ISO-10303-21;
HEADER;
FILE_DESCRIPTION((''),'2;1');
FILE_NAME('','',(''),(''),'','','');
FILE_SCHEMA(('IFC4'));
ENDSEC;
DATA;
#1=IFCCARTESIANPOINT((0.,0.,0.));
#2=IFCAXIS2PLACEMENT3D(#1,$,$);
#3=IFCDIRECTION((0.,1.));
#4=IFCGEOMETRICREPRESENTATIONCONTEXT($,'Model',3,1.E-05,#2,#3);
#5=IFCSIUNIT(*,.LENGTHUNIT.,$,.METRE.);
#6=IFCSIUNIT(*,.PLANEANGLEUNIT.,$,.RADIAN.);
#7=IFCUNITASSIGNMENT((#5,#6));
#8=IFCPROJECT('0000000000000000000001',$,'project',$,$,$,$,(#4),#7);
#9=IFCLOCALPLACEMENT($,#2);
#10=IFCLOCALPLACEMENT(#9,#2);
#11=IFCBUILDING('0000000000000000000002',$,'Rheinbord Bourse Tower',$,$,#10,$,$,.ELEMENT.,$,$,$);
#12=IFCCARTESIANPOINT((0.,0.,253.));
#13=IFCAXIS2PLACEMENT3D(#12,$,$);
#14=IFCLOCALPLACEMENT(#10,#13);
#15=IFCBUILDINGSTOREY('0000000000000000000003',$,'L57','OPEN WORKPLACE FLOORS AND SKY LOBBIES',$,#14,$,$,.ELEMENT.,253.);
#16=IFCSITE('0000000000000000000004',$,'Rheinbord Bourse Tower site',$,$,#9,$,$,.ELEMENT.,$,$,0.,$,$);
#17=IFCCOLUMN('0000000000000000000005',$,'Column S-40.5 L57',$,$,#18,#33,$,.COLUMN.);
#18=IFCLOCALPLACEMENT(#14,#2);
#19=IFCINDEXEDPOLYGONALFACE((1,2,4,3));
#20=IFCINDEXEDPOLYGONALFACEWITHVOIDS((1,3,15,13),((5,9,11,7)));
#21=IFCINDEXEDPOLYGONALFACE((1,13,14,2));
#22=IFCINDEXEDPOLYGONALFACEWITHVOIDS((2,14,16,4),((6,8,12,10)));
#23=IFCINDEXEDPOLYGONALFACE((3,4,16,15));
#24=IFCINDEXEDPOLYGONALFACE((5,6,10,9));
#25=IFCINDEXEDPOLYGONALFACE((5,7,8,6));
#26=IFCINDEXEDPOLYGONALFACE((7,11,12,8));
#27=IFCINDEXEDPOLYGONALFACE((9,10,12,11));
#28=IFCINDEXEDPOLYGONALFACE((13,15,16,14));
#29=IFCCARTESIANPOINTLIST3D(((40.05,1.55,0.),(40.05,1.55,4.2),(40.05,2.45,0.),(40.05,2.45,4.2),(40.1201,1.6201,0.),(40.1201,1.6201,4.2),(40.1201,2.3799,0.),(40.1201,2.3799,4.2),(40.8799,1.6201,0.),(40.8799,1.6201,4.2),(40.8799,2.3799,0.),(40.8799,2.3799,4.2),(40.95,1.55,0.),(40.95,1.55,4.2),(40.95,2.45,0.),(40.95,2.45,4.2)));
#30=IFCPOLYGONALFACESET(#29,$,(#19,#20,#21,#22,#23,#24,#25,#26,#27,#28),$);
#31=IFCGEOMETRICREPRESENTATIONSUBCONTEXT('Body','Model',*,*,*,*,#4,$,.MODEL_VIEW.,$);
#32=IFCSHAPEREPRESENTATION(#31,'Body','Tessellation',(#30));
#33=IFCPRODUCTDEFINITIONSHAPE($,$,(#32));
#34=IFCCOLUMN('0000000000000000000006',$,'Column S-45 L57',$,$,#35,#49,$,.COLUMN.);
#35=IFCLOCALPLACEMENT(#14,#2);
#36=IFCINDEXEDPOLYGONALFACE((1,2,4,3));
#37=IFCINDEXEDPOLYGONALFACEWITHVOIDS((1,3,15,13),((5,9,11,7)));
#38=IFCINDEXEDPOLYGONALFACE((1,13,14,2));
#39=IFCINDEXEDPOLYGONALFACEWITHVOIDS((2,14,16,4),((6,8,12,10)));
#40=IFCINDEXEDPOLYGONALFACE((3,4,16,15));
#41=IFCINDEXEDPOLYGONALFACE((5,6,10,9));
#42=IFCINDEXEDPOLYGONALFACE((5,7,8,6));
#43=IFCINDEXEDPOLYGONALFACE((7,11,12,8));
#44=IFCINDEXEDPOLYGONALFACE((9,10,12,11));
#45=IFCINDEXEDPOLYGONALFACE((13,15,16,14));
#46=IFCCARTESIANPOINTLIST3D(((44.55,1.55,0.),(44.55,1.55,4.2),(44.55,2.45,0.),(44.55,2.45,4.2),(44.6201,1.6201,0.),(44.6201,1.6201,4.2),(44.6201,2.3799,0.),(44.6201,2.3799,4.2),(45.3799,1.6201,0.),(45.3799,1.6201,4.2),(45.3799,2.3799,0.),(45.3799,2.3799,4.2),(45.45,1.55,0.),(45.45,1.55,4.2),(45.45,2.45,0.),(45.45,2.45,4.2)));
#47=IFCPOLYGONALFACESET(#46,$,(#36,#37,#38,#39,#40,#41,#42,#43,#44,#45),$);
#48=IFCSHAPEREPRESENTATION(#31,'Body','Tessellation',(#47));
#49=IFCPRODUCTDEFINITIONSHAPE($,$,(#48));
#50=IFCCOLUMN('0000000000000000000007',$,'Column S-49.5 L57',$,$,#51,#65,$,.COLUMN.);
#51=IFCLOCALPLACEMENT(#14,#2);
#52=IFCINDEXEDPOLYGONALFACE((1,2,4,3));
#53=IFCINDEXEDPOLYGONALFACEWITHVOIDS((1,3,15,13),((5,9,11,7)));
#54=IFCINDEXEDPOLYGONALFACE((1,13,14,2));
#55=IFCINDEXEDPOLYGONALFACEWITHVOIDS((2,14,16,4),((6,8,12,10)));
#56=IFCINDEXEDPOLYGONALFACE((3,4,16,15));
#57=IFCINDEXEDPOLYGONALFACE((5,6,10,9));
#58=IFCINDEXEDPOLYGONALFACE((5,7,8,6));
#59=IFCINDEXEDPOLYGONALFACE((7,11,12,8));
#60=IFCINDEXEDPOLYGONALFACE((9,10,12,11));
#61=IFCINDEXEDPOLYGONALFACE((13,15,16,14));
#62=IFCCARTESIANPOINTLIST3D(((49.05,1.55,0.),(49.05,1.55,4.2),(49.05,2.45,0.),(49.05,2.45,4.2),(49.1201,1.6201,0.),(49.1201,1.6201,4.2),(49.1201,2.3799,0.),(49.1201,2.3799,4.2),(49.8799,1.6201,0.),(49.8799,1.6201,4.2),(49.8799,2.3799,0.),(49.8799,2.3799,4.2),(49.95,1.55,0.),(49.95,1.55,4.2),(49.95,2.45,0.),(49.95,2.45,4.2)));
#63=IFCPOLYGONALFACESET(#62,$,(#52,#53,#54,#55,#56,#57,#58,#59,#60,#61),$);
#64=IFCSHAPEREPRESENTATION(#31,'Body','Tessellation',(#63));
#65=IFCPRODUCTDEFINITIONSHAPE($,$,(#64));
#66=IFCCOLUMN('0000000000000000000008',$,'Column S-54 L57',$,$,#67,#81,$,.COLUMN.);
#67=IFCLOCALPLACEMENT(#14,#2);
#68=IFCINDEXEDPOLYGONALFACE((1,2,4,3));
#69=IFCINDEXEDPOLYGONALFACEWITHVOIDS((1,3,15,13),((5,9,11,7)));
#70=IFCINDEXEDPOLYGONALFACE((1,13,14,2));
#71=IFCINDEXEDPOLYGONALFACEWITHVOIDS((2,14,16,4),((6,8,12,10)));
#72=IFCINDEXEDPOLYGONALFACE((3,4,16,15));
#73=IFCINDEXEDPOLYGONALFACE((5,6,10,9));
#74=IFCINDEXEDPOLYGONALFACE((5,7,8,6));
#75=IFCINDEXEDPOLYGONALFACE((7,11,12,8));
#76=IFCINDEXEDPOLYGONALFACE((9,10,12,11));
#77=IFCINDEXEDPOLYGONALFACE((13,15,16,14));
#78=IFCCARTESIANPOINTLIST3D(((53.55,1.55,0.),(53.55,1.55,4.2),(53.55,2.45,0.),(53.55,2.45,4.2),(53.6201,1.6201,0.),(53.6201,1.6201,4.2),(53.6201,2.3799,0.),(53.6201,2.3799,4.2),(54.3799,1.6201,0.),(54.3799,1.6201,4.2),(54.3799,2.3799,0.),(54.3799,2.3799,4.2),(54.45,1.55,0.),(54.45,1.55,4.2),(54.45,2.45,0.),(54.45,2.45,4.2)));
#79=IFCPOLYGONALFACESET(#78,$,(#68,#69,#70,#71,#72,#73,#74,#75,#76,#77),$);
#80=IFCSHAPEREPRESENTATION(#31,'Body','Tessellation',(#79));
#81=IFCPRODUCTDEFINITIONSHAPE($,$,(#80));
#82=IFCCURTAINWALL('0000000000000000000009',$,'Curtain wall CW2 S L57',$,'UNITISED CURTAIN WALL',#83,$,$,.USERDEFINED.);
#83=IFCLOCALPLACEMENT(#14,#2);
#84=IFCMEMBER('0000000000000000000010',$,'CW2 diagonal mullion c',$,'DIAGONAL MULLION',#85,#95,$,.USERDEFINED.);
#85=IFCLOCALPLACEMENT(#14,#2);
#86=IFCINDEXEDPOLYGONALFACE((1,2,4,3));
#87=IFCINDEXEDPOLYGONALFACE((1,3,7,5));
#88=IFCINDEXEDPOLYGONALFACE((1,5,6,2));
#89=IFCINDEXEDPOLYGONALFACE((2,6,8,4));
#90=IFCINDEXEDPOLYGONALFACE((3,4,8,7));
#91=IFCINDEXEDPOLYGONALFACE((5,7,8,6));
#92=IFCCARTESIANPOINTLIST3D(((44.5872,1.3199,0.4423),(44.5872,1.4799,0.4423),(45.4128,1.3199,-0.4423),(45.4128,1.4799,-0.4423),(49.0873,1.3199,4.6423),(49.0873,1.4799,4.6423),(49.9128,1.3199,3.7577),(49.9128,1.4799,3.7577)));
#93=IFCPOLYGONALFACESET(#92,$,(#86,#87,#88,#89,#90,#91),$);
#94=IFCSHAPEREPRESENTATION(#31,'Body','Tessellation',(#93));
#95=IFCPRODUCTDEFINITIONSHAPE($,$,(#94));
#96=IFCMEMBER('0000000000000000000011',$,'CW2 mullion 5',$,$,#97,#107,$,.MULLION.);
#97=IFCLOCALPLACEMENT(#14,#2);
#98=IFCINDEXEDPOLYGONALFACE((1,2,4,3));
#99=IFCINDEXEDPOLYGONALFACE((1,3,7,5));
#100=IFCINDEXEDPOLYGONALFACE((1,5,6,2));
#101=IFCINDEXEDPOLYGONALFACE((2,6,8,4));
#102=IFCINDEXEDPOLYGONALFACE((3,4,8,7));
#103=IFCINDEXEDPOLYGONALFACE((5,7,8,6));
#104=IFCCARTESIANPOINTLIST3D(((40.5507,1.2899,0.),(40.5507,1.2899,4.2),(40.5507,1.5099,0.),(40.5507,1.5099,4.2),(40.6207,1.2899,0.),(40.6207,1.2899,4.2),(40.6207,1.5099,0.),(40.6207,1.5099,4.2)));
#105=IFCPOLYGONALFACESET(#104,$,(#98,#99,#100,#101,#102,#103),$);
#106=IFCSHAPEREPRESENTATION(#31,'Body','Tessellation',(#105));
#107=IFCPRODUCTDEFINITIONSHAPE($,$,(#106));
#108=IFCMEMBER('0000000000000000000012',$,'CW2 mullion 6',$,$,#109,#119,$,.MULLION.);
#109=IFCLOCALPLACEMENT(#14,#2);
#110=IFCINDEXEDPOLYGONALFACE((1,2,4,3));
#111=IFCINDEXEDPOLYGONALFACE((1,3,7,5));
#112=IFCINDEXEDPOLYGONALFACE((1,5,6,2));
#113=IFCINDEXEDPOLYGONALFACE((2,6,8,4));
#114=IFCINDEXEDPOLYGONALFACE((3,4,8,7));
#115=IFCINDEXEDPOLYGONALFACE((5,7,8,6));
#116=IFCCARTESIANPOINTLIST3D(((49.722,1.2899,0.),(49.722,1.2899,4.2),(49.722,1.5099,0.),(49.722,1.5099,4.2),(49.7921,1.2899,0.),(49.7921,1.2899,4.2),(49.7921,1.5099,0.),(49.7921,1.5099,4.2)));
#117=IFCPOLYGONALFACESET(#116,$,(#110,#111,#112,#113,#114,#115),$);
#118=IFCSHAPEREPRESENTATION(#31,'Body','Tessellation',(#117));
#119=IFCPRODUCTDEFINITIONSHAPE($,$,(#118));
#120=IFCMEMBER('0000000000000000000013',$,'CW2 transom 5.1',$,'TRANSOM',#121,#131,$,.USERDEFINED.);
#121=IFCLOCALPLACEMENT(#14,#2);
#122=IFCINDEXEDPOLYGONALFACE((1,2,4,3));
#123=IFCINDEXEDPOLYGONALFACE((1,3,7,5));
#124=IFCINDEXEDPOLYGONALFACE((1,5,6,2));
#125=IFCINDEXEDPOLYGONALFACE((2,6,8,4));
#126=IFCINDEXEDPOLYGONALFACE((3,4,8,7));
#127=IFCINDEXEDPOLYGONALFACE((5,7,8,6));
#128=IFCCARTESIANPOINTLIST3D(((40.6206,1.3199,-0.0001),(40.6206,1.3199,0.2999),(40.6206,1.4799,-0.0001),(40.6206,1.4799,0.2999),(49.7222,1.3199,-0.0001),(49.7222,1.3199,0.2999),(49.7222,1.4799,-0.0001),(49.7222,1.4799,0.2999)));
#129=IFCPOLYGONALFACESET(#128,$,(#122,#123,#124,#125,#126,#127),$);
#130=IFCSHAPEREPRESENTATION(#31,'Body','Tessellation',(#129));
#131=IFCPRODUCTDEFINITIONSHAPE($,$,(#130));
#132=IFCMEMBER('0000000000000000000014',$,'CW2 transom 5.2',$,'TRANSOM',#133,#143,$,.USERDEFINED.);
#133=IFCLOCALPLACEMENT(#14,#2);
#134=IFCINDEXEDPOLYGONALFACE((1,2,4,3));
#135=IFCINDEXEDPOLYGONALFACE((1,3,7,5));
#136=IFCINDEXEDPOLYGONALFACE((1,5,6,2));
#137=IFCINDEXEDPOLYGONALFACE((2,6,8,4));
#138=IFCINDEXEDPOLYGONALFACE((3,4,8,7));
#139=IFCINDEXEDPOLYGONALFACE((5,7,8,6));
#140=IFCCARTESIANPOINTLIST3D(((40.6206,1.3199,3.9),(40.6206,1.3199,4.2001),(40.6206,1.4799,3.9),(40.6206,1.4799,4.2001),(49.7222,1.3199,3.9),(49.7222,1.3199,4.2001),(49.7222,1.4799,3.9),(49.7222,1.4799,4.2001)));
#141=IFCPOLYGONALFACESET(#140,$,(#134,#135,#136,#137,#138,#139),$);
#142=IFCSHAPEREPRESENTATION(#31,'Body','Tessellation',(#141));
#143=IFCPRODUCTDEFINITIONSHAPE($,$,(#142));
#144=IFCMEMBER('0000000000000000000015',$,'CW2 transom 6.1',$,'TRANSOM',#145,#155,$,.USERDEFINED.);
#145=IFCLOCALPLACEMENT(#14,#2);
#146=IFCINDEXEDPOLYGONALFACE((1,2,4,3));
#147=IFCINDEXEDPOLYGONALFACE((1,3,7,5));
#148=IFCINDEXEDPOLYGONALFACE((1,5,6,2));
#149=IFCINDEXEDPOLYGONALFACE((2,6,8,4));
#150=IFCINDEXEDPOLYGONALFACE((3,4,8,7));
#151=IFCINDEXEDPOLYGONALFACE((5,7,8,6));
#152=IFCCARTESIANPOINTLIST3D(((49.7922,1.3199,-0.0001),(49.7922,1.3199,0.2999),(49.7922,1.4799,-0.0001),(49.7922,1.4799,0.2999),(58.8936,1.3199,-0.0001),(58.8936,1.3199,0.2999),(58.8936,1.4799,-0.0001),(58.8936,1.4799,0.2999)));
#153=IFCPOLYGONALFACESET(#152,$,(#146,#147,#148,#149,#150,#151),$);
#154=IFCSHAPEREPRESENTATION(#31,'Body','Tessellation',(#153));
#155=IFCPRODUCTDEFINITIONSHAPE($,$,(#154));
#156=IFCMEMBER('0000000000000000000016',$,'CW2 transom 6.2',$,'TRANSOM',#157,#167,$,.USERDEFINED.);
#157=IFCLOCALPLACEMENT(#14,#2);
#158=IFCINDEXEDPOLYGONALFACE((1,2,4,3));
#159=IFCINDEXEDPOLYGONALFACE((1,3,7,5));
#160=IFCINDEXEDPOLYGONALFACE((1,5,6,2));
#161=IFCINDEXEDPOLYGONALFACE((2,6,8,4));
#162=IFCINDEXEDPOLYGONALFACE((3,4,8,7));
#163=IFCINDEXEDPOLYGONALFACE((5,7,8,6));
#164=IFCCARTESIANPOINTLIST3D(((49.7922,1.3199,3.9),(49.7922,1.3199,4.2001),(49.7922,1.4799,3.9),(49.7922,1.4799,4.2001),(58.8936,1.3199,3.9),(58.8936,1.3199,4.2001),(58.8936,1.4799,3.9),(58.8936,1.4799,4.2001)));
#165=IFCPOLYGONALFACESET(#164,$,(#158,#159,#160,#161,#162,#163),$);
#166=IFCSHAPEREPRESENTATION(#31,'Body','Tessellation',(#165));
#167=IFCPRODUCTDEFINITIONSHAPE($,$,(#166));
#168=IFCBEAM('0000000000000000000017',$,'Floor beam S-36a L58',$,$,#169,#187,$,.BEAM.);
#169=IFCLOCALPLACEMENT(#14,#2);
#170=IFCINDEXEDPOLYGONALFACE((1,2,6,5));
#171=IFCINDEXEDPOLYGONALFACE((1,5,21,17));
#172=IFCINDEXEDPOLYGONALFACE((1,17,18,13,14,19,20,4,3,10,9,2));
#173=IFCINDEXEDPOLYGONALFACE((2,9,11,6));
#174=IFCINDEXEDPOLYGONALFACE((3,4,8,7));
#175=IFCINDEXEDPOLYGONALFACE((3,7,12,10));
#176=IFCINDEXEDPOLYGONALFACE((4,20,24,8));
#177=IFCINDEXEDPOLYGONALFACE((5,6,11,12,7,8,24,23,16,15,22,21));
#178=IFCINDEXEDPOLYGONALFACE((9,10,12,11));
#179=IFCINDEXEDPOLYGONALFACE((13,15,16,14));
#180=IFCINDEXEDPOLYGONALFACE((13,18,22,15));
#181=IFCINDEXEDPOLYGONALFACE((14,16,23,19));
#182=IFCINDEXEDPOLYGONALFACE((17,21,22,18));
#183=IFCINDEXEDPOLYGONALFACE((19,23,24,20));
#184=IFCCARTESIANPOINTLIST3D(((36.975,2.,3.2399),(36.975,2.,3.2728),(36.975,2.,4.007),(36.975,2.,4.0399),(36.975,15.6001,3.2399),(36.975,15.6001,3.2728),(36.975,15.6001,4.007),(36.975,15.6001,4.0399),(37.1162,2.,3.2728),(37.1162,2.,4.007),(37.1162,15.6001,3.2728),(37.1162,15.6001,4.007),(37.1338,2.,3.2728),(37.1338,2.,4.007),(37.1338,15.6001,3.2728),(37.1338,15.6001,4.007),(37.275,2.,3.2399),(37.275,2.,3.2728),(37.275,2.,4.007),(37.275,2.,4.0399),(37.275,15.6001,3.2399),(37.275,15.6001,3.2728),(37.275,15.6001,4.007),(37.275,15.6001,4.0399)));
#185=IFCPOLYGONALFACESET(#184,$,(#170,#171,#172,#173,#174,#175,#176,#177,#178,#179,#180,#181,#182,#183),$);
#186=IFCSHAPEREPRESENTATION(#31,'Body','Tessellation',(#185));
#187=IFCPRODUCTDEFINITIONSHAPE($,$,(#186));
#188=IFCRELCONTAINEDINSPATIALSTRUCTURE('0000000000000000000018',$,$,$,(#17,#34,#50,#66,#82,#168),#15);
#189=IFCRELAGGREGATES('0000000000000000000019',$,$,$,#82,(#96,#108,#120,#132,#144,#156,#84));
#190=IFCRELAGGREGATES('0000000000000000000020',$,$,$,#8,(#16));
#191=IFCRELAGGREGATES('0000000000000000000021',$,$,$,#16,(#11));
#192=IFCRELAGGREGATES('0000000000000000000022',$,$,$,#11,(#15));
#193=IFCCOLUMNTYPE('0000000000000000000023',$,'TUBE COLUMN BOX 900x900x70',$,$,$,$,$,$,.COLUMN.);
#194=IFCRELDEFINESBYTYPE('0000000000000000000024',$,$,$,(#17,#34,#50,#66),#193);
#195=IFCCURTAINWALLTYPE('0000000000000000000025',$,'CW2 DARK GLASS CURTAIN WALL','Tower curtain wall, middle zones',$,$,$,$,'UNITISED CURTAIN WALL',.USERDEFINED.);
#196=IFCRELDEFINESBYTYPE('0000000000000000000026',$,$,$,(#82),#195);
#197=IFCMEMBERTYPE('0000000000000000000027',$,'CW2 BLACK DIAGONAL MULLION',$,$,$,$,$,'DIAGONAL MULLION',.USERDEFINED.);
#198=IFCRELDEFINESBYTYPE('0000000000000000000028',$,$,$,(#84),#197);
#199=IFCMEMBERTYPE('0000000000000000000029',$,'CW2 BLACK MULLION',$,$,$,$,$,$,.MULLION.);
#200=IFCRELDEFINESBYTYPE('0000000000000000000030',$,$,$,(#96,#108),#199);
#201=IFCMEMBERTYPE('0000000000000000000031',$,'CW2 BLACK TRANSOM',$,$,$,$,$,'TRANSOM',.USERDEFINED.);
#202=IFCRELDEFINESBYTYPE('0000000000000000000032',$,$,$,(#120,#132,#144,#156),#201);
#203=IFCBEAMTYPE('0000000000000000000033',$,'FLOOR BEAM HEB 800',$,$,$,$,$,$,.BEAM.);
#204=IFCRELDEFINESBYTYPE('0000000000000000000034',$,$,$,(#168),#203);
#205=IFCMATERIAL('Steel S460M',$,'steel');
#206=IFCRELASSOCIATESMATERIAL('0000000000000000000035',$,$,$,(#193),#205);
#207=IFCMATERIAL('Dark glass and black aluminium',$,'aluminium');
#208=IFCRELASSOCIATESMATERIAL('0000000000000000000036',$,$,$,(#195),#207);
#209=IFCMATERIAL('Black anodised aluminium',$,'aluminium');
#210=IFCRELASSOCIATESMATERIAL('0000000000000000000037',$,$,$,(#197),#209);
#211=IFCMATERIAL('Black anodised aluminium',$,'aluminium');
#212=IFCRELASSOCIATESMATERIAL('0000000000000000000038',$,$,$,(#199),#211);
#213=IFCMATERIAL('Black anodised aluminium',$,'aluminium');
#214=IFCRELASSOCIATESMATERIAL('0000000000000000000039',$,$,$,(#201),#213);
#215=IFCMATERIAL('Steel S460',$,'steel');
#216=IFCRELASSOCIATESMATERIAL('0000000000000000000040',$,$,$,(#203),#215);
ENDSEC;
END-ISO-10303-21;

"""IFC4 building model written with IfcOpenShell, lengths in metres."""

from ifc_helpers import new_model, si_unit, direction, frame, origin, origin_2d, place, context, subcontext, project, spatial, rectangle, hollow_rectangle, i_section, extrude, material, material_profile, profile_set, type_object, element, aggregate, save


model = new_model("IFC4")

# Units and contexts
model_context = context("Model", 3, precision=1e-05, world=origin(), true_north=direction((0.0, 1.0)))
body_context = subcontext(model_context, "Body", "Model", "MODEL_VIEW")
ifc_project = project(units=[si_unit("LENGTHUNIT", "METRE"), si_unit("PLANEANGLEUNIT", "RADIAN")], contexts=[model_context])

# Site, building, storey
site_placement = place(None, origin())
site = spatial("IfcSite", under=ifc_project, at=site_placement, Name="Rheinbord Bourse Tower site", CompositionType="ELEMENT", RefElevation=0.0)
building_placement = place(site_placement, origin())
building = spatial("IfcBuilding", under=site, at=building_placement, Name="Rheinbord Bourse Tower", CompositionType="ELEMENT")
storey_placement = place(building_placement, frame((0.0, 0.0, 253.0)))
storey = spatial("IfcBuildingStorey", under=building, at=storey_placement, Name="L57", Description="OPEN WORKPLACE FLOORS AND SKY LOBBIES", CompositionType="ELEMENT", Elevation=253.0)

# Columns
ifc_material_1 = material(Name="Steel S460M", Category="steel")
ifc_material_profile_1 = material_profile(ifc_material_1, hollow_rectangle(XDim=0.8999, YDim=0.8999, WallThickness=0.0701, at=origin_2d()), Name="BOX 900x900x70")
ifc_profile_set_1 = profile_set([ifc_material_profile_1], Name="Steel S460M")
column_type = type_object("IfcColumnType", Name="TUBE COLUMN BOX 900x900x70", PredefinedType="COLUMN", material=ifc_profile_set_1)
for number, where, z_axis, x_axis, name in (
    (1, (40.5, 2.0, 0.0), (0.0, 0.0, 1.0), (0.0, 1.0, 0.0), "Column S-40.5 L57"),
    (2, (45.0, 2.0, 0.0), (0.0, 0.0, 1.0), (0.0, 1.0, 0.0), "Column S-45 L57"),
    (3, (49.5, 2.0, 0.0), (0.0, 0.0, 1.0), (0.0, 1.0, 0.0), "Column S-49.5 L57"),
    (4, (54.0, 2.0, 0.0), (0.0, 0.0, 1.0), (0.0, 1.0, 0.0), "Column S-54 L57"),
):
    element("IfcColumn", number, at=place(storey_placement, frame(where, z_axis=z_axis, x_axis=x_axis)), inside=storey, type_object=column_type, Name=name, PredefinedType="COLUMN", context=body_context, shape_type="SweptSolid", body=[
        extrude(hollow_rectangle(XDim=0.8999, YDim=0.8999, WallThickness=0.0701, at=origin_2d()), origin(), (0.0, 0.0, 1.0), 4.2),
    ])

# Curtain wall, members
ifc_material_2 = material(Name="Dark glass and black aluminium", Category="aluminium")
curtain_wall_type = type_object("IfcCurtainWallType", Name="CW2 DARK GLASS CURTAIN WALL", Description="Tower curtain wall, middle zones", ElementType="UNITISED CURTAIN WALL", PredefinedType="USERDEFINED", material=ifc_material_2)
curtain_wall_placement = place(storey_placement, origin())
curtain_wall = element("IfcCurtainWall", 5, at=curtain_wall_placement, inside=storey, type_object=curtain_wall_type, Name="Curtain wall CW2 S L57", ObjectType="UNITISED CURTAIN WALL", PredefinedType="USERDEFINED")
ifc_material_3 = material(Name="Black anodised aluminium", Category="aluminium")
ifc_material_profile_2 = material_profile(ifc_material_3, rectangle(XDim=0.1599, YDim=1.21, at=origin_2d()), Name="CW2 DIAGONAL MULLION 1210x160")
ifc_profile_set_2 = profile_set([ifc_material_profile_2], Name="Black anodised aluminium")
member_type_1 = type_object("IfcMemberType", Name="CW2 BLACK DIAGONAL MULLION", ElementType="DIAGONAL MULLION", PredefinedType="USERDEFINED", material=ifc_profile_set_2)
member_1_placement = place(storey_placement, frame((45.0, 1.3999, 0.0), z_axis=(0.731059, 0.0, 0.682314), x_axis=(0.0, 1.0, 0.0)))
member_1 = element("IfcMember", 6, at=member_1_placement, type_object=member_type_1, Name="CW2 diagonal mullion c", ObjectType="DIAGONAL MULLION", PredefinedType="USERDEFINED", context=body_context, shape_type="SweptSolid", body=[
    extrude(rectangle(XDim=0.1599, YDim=1.21, at=origin_2d()), origin(), (0.0, 0.0, 1.0), 6.1555),
])
ifc_material_4 = material(Name="Black anodised aluminium", Category="aluminium")
ifc_material_profile_3 = material_profile(ifc_material_4, rectangle(XDim=0.22, YDim=0.0701, at=origin_2d()), Name="CW2 MULLION 70x220")
ifc_profile_set_3 = profile_set([ifc_material_profile_3], Name="Black anodised aluminium")
member_type_2 = type_object("IfcMemberType", Name="CW2 BLACK MULLION", PredefinedType="MULLION", material=ifc_profile_set_3)
member_2_placement = place(storey_placement, frame((40.5857, 1.3999, 0.0), z_axis=(0.0, 0.0, 1.0), x_axis=(0.0, 1.0, 0.0)))
member_2 = element("IfcMember", 7, at=member_2_placement, type_object=member_type_2, Name="CW2 mullion 5", PredefinedType="MULLION", context=body_context, shape_type="SweptSolid", body=[
    extrude(rectangle(XDim=0.22, YDim=0.0701, at=origin_2d()), origin(), (0.0, 0.0, 1.0), 4.2),
])
member_3_placement = place(storey_placement, frame((49.7571, 1.3999, 0.0), z_axis=(0.0, 0.0, 1.0), x_axis=(0.0, 1.0, 0.0)))
member_3 = element("IfcMember", 8, at=member_3_placement, type_object=member_type_2, Name="CW2 mullion 6", PredefinedType="MULLION", context=body_context, shape_type="SweptSolid", body=[
    extrude(rectangle(XDim=0.22, YDim=0.0701, at=origin_2d()), origin(), (0.0, 0.0, 1.0), 4.2),
])
ifc_material_5 = material(Name="Black anodised aluminium", Category="aluminium")
ifc_material_profile_4 = material_profile(ifc_material_5, rectangle(XDim=0.1599, YDim=0.3, at=origin_2d()), Name="CW2 TRANSOM 300x160")
ifc_profile_set_4 = profile_set([ifc_material_profile_4], Name="Black anodised aluminium")
member_type_3 = type_object("IfcMemberType", Name="CW2 BLACK TRANSOM", ElementType="TRANSOM", PredefinedType="USERDEFINED", material=ifc_profile_set_4)
member_4_placement = place(storey_placement, frame((40.6206, 1.3999, 0.1499), z_axis=(1.0, 0.0, 0.0), x_axis=(0.0, 1.0, 0.0)))
member_4 = element("IfcMember", 9, at=member_4_placement, type_object=member_type_3, Name="CW2 transom 5.1", ObjectType="TRANSOM", PredefinedType="USERDEFINED", context=body_context, shape_type="SweptSolid", body=[
    extrude(rectangle(XDim=0.1599, YDim=0.3, at=origin_2d()), origin(), (0.0, 0.0, 1.0), 9.1016),
])
member_5_placement = place(storey_placement, frame((40.6206, 1.3999, 4.05), z_axis=(1.0, 0.0, 0.0), x_axis=(0.0, 1.0, 0.0)))
member_5 = element("IfcMember", 10, at=member_5_placement, type_object=member_type_3, Name="CW2 transom 5.2", ObjectType="TRANSOM", PredefinedType="USERDEFINED", context=body_context, shape_type="SweptSolid", body=[
    extrude(rectangle(XDim=0.1599, YDim=0.3, at=origin_2d()), origin(), (0.0, 0.0, 1.0), 9.1016),
])
member_6_placement = place(storey_placement, frame((49.7922, 1.3999, 0.1499), z_axis=(1.0, 0.0, 0.0), x_axis=(0.0, 1.0, 0.0)))
member_6 = element("IfcMember", 11, at=member_6_placement, type_object=member_type_3, Name="CW2 transom 6.1", ObjectType="TRANSOM", PredefinedType="USERDEFINED", context=body_context, shape_type="SweptSolid", body=[
    extrude(rectangle(XDim=0.1599, YDim=0.3, at=origin_2d()), origin(), (0.0, 0.0, 1.0), 9.1013),
])
member_7_placement = place(storey_placement, frame((49.7922, 1.3999, 4.05), z_axis=(1.0, 0.0, 0.0), x_axis=(0.0, 1.0, 0.0)))
member_7 = element("IfcMember", 12, at=member_7_placement, type_object=member_type_3, Name="CW2 transom 6.2", ObjectType="TRANSOM", PredefinedType="USERDEFINED", context=body_context, shape_type="SweptSolid", body=[
    extrude(rectangle(XDim=0.1599, YDim=0.3, at=origin_2d()), origin(), (0.0, 0.0, 1.0), 9.1013),
])

# Beam
ifc_material_6 = material(Name="Steel S460", Category="steel")
ifc_material_profile_5 = material_profile(ifc_material_6, i_section(OverallWidth=0.3, OverallDepth=0.8, WebThickness=0.0176, FlangeThickness=0.033, at=origin_2d()), Name="HEB 800")
ifc_profile_set_5 = profile_set([ifc_material_profile_5], Name="Steel S460")
beam_type_1 = type_object("IfcBeamType", Name="FLOOR BEAM HEB 800", PredefinedType="BEAM", material=ifc_profile_set_5)
for number, where, z_axis, x_axis, name in (
    (13, (37.125, 2.0, 3.6399), (0.0, 1.0, 0.0), (-1.0, 0.0, 0.0), "Floor beam S-36a L58"),
):
    element("IfcBeam", number, at=place(storey_placement, frame(where, z_axis=z_axis, x_axis=x_axis)), inside=storey, type_object=beam_type_1, Name=name, PredefinedType="BEAM", context=body_context, shape_type="SweptSolid", body=[
        extrude(i_section(OverallWidth=0.3, OverallDepth=0.8, WebThickness=0.0176, FlangeThickness=0.033, at=origin_2d()), origin(), (0.0, 0.0, 1.0), 13.6001),
    ])

aggregate(curtain_wall, [member_2, member_3, member_4, member_5, member_6, member_7, member_1])

save(model, "model.ifc")
